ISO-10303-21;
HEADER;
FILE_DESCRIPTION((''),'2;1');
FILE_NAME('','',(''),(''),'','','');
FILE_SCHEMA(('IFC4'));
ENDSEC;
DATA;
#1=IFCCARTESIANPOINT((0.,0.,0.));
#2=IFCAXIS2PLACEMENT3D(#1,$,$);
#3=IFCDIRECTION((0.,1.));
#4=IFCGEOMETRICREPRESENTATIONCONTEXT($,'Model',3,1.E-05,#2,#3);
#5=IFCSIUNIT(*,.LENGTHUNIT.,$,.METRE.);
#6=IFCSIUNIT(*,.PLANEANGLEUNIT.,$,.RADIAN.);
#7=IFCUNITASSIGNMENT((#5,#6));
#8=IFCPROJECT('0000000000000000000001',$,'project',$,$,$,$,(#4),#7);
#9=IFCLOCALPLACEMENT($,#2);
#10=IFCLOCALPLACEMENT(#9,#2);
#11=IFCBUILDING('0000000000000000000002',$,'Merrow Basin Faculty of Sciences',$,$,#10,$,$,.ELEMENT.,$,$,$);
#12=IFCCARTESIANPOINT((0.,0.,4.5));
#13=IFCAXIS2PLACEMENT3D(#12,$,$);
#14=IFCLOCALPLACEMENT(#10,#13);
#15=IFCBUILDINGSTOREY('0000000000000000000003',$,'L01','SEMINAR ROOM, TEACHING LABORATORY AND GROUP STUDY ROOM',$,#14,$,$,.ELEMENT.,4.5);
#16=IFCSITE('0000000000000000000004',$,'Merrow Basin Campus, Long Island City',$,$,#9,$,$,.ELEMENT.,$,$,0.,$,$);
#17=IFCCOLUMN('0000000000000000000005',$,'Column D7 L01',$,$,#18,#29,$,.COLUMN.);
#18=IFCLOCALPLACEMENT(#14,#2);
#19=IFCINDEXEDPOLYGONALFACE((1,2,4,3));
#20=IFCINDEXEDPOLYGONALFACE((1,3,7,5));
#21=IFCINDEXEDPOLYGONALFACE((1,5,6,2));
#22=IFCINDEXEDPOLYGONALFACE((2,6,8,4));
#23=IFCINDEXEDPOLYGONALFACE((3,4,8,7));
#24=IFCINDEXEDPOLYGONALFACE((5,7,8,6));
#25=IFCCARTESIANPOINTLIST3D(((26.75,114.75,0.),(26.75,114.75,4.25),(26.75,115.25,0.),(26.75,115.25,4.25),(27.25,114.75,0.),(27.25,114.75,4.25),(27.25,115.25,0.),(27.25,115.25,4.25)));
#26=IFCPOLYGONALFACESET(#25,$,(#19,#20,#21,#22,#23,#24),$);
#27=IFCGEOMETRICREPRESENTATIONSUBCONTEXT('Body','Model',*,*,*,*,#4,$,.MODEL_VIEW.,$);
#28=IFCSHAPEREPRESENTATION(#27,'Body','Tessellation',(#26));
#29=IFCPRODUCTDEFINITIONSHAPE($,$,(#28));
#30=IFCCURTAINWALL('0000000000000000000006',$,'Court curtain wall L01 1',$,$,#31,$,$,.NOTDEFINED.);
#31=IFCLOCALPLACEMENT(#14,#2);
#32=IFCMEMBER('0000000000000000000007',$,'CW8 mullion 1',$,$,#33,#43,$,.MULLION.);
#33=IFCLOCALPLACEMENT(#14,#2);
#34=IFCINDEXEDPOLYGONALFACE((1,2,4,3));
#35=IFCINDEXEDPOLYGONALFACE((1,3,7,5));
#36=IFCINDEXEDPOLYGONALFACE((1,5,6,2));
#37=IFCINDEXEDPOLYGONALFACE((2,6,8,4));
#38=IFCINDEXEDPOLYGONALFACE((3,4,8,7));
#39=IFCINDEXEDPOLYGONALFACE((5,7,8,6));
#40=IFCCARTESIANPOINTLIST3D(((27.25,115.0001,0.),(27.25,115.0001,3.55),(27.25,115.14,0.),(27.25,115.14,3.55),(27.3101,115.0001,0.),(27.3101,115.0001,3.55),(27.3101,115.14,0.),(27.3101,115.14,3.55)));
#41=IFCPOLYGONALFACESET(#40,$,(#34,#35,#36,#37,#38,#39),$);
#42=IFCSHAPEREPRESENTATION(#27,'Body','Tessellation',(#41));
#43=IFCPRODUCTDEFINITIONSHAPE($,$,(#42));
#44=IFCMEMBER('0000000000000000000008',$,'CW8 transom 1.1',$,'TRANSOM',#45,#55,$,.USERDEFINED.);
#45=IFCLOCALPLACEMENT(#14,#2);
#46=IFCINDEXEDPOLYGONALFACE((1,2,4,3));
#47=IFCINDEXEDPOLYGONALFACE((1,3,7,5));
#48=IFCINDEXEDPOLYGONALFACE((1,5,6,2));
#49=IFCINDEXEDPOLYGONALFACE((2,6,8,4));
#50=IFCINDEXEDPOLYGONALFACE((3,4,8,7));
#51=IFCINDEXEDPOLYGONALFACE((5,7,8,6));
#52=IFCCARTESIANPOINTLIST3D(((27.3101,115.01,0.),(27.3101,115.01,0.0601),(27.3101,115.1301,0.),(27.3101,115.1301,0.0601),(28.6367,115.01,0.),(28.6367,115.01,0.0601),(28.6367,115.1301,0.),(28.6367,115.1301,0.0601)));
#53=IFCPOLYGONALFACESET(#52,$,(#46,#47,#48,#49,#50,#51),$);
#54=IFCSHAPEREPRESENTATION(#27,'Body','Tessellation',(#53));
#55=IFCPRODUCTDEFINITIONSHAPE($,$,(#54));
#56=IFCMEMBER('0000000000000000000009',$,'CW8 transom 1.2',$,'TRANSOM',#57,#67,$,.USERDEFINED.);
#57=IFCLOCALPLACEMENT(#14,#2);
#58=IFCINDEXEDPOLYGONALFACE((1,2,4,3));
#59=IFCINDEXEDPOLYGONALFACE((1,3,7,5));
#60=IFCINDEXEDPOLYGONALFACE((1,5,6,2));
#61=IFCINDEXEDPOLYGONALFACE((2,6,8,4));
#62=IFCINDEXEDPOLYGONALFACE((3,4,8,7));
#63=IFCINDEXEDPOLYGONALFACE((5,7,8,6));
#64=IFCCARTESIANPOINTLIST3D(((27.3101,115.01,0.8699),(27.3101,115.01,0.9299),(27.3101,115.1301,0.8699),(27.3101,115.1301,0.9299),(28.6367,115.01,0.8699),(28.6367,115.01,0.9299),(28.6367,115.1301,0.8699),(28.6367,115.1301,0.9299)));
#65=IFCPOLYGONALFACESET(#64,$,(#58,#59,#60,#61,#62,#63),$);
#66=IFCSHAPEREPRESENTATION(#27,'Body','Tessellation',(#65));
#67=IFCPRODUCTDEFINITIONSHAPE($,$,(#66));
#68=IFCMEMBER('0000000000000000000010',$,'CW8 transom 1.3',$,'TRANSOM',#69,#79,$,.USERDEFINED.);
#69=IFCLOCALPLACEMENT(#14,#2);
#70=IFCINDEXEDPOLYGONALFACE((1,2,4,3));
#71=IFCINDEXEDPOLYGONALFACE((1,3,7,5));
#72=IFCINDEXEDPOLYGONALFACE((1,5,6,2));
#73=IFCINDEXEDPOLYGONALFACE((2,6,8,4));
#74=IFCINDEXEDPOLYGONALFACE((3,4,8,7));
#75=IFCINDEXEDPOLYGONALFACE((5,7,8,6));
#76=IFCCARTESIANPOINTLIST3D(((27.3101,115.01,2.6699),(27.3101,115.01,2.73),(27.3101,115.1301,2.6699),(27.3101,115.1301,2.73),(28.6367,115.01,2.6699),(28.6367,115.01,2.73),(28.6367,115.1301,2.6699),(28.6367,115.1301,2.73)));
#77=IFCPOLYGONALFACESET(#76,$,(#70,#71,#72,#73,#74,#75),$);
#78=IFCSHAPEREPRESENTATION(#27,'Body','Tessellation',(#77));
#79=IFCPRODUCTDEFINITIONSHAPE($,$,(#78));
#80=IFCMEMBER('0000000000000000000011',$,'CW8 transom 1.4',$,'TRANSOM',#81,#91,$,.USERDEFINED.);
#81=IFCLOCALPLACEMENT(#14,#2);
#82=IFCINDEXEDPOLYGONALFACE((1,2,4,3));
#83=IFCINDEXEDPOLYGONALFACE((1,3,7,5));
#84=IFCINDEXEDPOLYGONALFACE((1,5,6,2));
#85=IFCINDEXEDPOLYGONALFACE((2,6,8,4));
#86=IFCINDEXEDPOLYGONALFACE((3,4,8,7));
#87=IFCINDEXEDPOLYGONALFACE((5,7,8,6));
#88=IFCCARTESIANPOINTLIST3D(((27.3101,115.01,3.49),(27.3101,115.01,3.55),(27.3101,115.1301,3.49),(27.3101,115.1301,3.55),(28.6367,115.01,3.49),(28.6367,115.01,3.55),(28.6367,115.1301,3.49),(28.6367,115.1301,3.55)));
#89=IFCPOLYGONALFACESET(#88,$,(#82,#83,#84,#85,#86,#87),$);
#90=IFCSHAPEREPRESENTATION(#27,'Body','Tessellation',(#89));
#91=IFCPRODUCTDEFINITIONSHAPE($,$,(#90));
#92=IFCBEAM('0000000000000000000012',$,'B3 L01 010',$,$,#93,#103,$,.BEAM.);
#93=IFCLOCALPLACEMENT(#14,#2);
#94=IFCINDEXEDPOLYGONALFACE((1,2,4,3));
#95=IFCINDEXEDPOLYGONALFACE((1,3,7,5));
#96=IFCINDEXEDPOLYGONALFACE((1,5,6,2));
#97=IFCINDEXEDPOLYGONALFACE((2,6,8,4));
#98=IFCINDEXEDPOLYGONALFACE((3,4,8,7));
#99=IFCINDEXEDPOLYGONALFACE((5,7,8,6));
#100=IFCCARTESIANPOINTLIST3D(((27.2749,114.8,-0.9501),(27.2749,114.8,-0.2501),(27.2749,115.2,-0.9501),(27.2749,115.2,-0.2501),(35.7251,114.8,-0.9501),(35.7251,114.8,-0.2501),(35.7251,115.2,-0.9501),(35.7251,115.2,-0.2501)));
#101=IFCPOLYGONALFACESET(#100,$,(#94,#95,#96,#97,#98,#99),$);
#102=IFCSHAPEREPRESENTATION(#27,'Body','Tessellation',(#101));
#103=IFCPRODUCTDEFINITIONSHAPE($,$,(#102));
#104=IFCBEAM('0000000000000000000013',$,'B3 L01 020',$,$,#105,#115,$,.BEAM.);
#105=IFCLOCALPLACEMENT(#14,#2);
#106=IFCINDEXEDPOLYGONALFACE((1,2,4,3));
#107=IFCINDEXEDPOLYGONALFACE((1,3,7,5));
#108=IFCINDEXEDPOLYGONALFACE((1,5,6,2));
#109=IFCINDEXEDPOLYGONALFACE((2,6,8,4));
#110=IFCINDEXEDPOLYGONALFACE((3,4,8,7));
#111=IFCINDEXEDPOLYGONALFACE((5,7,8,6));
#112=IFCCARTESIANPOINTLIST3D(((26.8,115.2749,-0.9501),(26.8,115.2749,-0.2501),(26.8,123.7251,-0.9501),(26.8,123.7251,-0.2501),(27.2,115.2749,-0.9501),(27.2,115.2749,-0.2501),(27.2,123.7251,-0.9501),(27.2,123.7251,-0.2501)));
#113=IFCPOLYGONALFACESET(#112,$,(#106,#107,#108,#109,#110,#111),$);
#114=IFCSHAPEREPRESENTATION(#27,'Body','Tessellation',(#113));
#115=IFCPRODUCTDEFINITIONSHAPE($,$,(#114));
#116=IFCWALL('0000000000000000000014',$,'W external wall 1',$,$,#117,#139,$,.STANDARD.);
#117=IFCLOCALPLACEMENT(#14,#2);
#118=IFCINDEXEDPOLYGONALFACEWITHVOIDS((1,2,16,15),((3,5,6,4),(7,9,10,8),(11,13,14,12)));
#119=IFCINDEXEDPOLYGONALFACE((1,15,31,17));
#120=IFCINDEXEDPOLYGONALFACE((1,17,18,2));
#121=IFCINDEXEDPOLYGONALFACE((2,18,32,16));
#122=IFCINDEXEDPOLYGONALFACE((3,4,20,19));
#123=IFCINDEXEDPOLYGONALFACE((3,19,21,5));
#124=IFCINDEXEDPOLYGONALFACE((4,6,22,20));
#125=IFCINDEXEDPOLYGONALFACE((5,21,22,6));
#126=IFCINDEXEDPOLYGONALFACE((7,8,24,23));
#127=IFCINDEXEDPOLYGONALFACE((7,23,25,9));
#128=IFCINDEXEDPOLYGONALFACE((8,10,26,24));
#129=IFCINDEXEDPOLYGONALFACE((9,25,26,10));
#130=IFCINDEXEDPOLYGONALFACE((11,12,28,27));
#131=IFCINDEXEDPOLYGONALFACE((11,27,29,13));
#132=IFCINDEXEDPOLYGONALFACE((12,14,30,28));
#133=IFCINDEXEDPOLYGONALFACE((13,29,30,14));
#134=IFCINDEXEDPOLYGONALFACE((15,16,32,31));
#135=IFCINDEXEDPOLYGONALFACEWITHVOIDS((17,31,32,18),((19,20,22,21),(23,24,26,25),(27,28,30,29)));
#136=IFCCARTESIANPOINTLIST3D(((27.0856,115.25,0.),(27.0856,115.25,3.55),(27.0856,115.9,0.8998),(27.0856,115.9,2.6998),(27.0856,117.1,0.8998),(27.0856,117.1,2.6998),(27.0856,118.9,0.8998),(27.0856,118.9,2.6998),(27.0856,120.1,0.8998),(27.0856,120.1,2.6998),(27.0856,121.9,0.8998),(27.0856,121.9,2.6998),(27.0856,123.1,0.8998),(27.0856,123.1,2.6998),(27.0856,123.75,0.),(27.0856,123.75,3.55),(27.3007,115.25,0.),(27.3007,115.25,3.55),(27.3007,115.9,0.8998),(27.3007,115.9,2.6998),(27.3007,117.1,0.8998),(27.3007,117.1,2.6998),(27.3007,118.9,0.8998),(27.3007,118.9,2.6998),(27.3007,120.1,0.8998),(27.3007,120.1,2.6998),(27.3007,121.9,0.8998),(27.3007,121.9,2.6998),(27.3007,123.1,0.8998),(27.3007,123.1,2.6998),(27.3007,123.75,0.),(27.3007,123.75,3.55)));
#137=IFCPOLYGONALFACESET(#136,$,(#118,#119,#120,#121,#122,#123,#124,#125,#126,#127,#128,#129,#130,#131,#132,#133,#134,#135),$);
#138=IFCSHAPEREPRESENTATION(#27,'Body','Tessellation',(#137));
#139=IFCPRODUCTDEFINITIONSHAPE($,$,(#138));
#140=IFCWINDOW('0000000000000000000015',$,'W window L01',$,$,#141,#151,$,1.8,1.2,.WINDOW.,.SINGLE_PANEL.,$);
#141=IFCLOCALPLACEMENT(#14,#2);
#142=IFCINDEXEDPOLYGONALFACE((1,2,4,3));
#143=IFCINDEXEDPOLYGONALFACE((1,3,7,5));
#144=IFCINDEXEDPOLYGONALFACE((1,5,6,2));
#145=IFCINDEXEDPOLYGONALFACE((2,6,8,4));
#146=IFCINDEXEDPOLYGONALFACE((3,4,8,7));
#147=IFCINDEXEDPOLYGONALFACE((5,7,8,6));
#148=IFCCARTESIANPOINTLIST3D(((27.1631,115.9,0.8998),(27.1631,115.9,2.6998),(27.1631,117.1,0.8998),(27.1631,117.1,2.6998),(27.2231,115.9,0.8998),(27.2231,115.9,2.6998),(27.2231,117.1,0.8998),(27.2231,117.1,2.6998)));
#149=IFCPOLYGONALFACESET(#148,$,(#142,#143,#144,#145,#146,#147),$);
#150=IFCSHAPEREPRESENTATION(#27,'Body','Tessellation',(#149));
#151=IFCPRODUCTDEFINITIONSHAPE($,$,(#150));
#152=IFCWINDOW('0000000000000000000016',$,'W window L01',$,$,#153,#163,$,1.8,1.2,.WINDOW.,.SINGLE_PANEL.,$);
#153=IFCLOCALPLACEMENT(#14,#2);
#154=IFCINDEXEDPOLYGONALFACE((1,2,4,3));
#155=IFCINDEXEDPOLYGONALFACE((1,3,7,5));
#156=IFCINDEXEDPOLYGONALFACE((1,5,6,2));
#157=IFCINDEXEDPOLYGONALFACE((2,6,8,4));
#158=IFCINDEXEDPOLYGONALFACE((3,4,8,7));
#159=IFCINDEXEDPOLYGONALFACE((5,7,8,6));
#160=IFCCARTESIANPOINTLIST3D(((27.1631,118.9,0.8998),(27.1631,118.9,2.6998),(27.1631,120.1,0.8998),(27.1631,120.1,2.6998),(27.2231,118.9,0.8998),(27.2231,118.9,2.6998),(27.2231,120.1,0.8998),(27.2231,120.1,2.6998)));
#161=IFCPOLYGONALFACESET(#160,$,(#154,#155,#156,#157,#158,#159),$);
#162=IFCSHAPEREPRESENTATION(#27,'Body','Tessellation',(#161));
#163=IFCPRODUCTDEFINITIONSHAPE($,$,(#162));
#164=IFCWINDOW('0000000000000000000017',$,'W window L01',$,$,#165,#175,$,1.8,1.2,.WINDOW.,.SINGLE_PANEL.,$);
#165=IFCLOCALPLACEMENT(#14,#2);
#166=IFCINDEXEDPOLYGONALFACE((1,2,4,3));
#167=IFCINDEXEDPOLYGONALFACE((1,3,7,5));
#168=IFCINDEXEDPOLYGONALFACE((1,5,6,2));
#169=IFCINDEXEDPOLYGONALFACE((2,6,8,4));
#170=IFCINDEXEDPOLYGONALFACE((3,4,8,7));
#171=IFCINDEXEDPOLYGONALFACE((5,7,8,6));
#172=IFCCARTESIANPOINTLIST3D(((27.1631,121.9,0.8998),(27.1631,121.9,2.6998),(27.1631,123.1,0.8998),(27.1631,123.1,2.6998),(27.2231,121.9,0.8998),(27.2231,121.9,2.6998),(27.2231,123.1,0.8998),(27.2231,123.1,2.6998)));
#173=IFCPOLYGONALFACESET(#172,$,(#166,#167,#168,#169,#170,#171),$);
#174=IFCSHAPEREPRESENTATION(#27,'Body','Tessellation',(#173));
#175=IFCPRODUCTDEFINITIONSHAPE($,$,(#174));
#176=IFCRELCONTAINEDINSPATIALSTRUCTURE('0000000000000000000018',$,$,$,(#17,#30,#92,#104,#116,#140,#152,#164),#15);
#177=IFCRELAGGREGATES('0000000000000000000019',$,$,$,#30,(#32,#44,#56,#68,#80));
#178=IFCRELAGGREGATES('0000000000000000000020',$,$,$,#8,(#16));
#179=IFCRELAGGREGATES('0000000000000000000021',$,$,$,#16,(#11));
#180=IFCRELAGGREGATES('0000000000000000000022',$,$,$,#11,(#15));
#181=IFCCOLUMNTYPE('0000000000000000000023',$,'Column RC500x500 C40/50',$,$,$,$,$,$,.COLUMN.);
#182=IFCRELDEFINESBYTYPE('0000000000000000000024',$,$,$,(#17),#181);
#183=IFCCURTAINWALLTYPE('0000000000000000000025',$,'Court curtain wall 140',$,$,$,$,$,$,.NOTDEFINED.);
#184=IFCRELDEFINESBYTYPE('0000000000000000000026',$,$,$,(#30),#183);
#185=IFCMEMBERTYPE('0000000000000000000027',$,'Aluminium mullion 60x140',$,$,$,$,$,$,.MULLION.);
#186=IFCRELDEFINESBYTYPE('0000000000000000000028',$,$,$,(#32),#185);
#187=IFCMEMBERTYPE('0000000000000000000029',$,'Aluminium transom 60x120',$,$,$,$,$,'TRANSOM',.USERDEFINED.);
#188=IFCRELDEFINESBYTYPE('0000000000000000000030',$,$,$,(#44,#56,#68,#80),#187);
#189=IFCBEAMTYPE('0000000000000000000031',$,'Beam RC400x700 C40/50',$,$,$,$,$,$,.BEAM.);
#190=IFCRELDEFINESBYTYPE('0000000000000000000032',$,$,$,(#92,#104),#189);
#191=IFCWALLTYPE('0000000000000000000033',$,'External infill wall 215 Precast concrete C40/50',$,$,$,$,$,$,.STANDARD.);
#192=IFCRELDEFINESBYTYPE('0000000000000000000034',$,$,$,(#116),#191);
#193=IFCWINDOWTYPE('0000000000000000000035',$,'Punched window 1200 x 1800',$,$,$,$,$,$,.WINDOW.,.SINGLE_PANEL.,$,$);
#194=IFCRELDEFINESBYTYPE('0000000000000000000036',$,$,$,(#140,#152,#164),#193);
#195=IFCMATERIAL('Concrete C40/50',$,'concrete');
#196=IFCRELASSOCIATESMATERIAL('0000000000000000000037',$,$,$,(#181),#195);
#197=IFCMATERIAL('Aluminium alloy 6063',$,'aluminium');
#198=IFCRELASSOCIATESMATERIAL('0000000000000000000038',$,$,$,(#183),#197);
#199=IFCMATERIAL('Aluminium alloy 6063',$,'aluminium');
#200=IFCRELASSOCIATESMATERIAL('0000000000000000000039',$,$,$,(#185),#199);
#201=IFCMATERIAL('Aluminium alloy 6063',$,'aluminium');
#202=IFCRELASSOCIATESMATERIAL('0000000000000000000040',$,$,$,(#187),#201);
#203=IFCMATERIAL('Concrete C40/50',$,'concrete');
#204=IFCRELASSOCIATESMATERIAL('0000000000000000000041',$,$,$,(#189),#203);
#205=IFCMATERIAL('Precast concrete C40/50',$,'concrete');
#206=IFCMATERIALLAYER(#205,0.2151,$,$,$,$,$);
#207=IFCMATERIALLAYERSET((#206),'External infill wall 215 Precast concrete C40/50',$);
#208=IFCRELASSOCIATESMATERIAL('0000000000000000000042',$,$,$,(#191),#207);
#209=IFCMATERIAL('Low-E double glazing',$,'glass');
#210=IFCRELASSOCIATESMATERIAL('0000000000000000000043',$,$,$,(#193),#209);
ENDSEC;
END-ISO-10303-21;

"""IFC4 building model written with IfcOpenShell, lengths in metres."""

from ifc_helpers import new_model, si_unit, direction, frame, frame_2d, origin, origin_2d, place, context, subcontext, project, spatial, rectangle, extrude, material, layer, layer_set, material_profile, profile_set, type_object, element, fill, aggregate, save


model = new_model("IFC4")

# Units and contexts
model_context = context("Model", 3, precision=1e-05, world=origin(), true_north=direction((0.0, 1.0)))
body_context = subcontext(model_context, "Body", "Model", "MODEL_VIEW")
ifc_project = project(units=[si_unit("LENGTHUNIT", "METRE"), si_unit("PLANEANGLEUNIT", "RADIAN")], contexts=[model_context])

# Site, building, storey
site_placement = place(None, origin())
site = spatial("IfcSite", under=ifc_project, at=site_placement, Name="Merrow Basin Campus, Long Island City", CompositionType="ELEMENT", RefElevation=0.0)
building_placement = place(site_placement, origin())
building = spatial("IfcBuilding", under=site, at=building_placement, Name="Merrow Basin Faculty of Sciences", CompositionType="ELEMENT")
storey_placement = place(building_placement, frame((0.0, 0.0, 4.5)))
storey = spatial("IfcBuildingStorey", under=building, at=storey_placement, Name="L01", Description="SEMINAR ROOM, TEACHING LABORATORY AND GROUP STUDY ROOM", CompositionType="ELEMENT", Elevation=4.5)

# Column
ifc_material_1 = material(Name="Concrete C40/50", Category="concrete")
ifc_material_profile_1 = material_profile(ifc_material_1, rectangle(XDim=0.5, YDim=0.5, at=origin_2d()))
ifc_profile_set_1 = profile_set([ifc_material_profile_1], Name="Concrete C40/50")
column_type = type_object("IfcColumnType", Name="Column RC500x500 C40/50", PredefinedType="COLUMN", material=ifc_profile_set_1)
column_placement = place(storey_placement, frame((27.0, 115.0, 0.0), z_axis=(0.0, 0.0, 1.0), x_axis=(1.0, 0.0, 0.0)))
element("IfcColumn", 1, at=column_placement, inside=storey, type_object=column_type, Name="Column D7 L01", PredefinedType="COLUMN", context=body_context, shape_type="SweptSolid", body=[
    extrude(rectangle(XDim=0.5, YDim=0.5, at=origin_2d()), origin(), (0.0, 0.0, 1.0), 4.25),
])

# Curtain wall, members
ifc_material_2 = material(Name="Aluminium alloy 6063", Category="aluminium")
curtain_wall_type = type_object("IfcCurtainWallType", Name="Court curtain wall 140", PredefinedType="NOTDEFINED", material=ifc_material_2)
curtain_wall_placement = place(storey_placement, origin())
curtain_wall = element("IfcCurtainWall", 2, at=curtain_wall_placement, inside=storey, type_object=curtain_wall_type, Name="Court curtain wall L01 1", PredefinedType="NOTDEFINED")
ifc_material_3 = material(Name="Aluminium alloy 6063", Category="aluminium")
ifc_material_profile_2 = material_profile(ifc_material_3, rectangle(XDim=0.1399, YDim=0.0601, at=origin_2d()))
ifc_profile_set_2 = profile_set([ifc_material_profile_2], Name="Aluminium alloy 6063")
member_type_1 = type_object("IfcMemberType", Name="Aluminium mullion 60x140", PredefinedType="MULLION", material=ifc_profile_set_2)
member_1_placement = place(storey_placement, frame((27.28, 115.0701, 0.0), z_axis=(0.0, 0.0, 1.0), x_axis=(0.0, 1.0, 0.0)))
member_1 = element("IfcMember", 3, at=member_1_placement, type_object=member_type_1, Name="CW8 mullion 1", PredefinedType="MULLION", context=body_context, shape_type="SweptSolid", body=[
    extrude(rectangle(XDim=0.1399, YDim=0.0601, at=origin_2d()), origin(), (0.0, 0.0, 1.0), 3.55),
])
ifc_material_4 = material(Name="Aluminium alloy 6063", Category="aluminium")
ifc_material_profile_3 = material_profile(ifc_material_4, rectangle(XDim=0.1201, YDim=0.0601, at=origin_2d()))
ifc_profile_set_3 = profile_set([ifc_material_profile_3], Name="Aluminium alloy 6063")
member_type_2 = type_object("IfcMemberType", Name="Aluminium transom 60x120", ElementType="TRANSOM", PredefinedType="USERDEFINED", material=ifc_profile_set_3)
member_2_placement = place(storey_placement, frame((27.3101, 115.0701, 0.03), z_axis=(1.0, 0.0, 0.0), x_axis=(0.0, 1.0, 0.0)))
member_2 = element("IfcMember", 4, at=member_2_placement, type_object=member_type_2, Name="CW8 transom 1.1", ObjectType="TRANSOM", PredefinedType="USERDEFINED", context=body_context, shape_type="SweptSolid", body=[
    extrude(rectangle(XDim=0.1201, YDim=0.0601, at=origin_2d()), origin(), (0.0, 0.0, 1.0), 1.3267),
])
member_3_placement = place(storey_placement, frame((27.3101, 115.0701, 0.8999), z_axis=(1.0, 0.0, 0.0), x_axis=(0.0, 1.0, 0.0)))
member_3 = element("IfcMember", 5, at=member_3_placement, type_object=member_type_2, Name="CW8 transom 1.2", ObjectType="TRANSOM", PredefinedType="USERDEFINED", context=body_context, shape_type="SweptSolid", body=[
    extrude(rectangle(XDim=0.1201, YDim=0.0601, at=origin_2d()), origin(), (0.0, 0.0, 1.0), 1.3267),
])
member_4_placement = place(storey_placement, frame((27.3101, 115.0701, 2.7), z_axis=(1.0, 0.0, 0.0), x_axis=(0.0, 1.0, 0.0)))
member_4 = element("IfcMember", 6, at=member_4_placement, type_object=member_type_2, Name="CW8 transom 1.3", ObjectType="TRANSOM", PredefinedType="USERDEFINED", context=body_context, shape_type="SweptSolid", body=[
    extrude(rectangle(XDim=0.1201, YDim=0.0601, at=origin_2d()), origin(), (0.0, 0.0, 1.0), 1.3267),
])
member_5_placement = place(storey_placement, frame((27.3101, 115.0701, 3.52), z_axis=(1.0, 0.0, 0.0), x_axis=(0.0, 1.0, 0.0)))
member_5 = element("IfcMember", 7, at=member_5_placement, type_object=member_type_2, Name="CW8 transom 1.4", ObjectType="TRANSOM", PredefinedType="USERDEFINED", context=body_context, shape_type="SweptSolid", body=[
    extrude(rectangle(XDim=0.1201, YDim=0.0601, at=origin_2d()), origin(), (0.0, 0.0, 1.0), 1.3267),
])
aggregate(curtain_wall, [member_1, member_2, member_3, member_4, member_5])

# Beams
ifc_material_5 = material(Name="Concrete C40/50", Category="concrete")
ifc_material_profile_4 = material_profile(ifc_material_5, rectangle(XDim=0.3999, YDim=0.7, at=origin_2d()))
ifc_profile_set_4 = profile_set([ifc_material_profile_4], Name="Concrete C40/50")
beam_type = type_object("IfcBeamType", Name="Beam RC400x700 C40/50", PredefinedType="BEAM", material=ifc_profile_set_4)
for number, where, z_axis, x_axis, name in (
    (8, (27.2749, 115.0, -0.6001), (1.0, 0.0, 0.0), (0.0, 1.0, 0.0), "B3 L01 010"),
    (9, (27.0, 115.2749, -0.6001), (0.0, 1.0, 0.0), (-1.0, 0.0, 0.0), "B3 L01 020"),
):
    element("IfcBeam", number, at=place(storey_placement, frame(where, z_axis=z_axis, x_axis=x_axis)), inside=storey, type_object=beam_type, Name=name, PredefinedType="BEAM", context=body_context, shape_type="SweptSolid", body=[
        extrude(rectangle(XDim=0.3999, YDim=0.7, at=origin_2d()), origin(), (0.0, 0.0, 1.0), 8.4502),
    ])

# Wall, openings, windows
ifc_material_6 = material(Name="Precast concrete C40/50", Category="concrete")
ifc_layer_1 = layer(ifc_material_6, 0.2151)
ifc_layer_set_1 = layer_set([ifc_layer_1], Name="External infill wall 215 Precast concrete C40/50")
wall_type = type_object("IfcWallType", Name="External infill wall 215 Precast concrete C40/50", PredefinedType="STANDARD", material=ifc_layer_set_1)
wall_placement = place(storey_placement, frame((27.1931, 115.25, 0.0), z_axis=(0.0, 0.0, 1.0), x_axis=(0.0, 1.0, 0.0)))
wall = element("IfcWall", 10, at=wall_placement, inside=storey, type_object=wall_type, Name="W external wall 1", PredefinedType="STANDARD", context=body_context, shape_type="SweptSolid", body=[
    extrude(rectangle(XDim=8.5, YDim=0.2151, at=frame_2d((4.25, 0.0))), origin(), (0.0, 0.0, 1.0), 3.55),
])
opening_1_placement = place(wall_placement, frame((0.6499, 0.0, 0.8999)))
opening_1 = element("IfcOpeningElement", 11, at=opening_1_placement, cuts=wall, PredefinedType="OPENING", context=body_context, shape_type="SweptSolid", body=[
    extrude(rectangle(XDim=1.2, YDim=1.8, at=frame_2d((0.6001, 0.8999))), frame((0.0, 0.1174, 0.0), z_axis=(0.0, -1.0, 0.0), x_axis=(1.0, 0.0, 0.0)), (0.0, 0.0, 1.0), 0.2351),
])
opening_2_placement = place(wall_placement, frame((3.6499, 0.0, 0.8999)))
opening_2 = element("IfcOpeningElement", 12, at=opening_2_placement, cuts=wall, PredefinedType="OPENING", context=body_context, shape_type="SweptSolid", body=[
    extrude(rectangle(XDim=1.2, YDim=1.8, at=frame_2d((0.6001, 0.8999))), frame((0.0, 0.1174, 0.0), z_axis=(0.0, -1.0, 0.0), x_axis=(1.0, 0.0, 0.0)), (0.0, 0.0, 1.0), 0.2351),
])
opening_3_placement = place(wall_placement, frame((6.6499, 0.0, 0.8999)))
opening_3 = element("IfcOpeningElement", 13, at=opening_3_placement, cuts=wall, PredefinedType="OPENING", context=body_context, shape_type="SweptSolid", body=[
    extrude(rectangle(XDim=1.2, YDim=1.8, at=frame_2d((0.6001, 0.8999))), frame((0.0, 0.1174, 0.0), z_axis=(0.0, -1.0, 0.0), x_axis=(1.0, 0.0, 0.0)), (0.0, 0.0, 1.0), 0.2351),
])
ifc_material_7 = material(Name="Low-E double glazing", Category="glass")
window_type = type_object("IfcWindowType", Name="Punched window 1200 x 1800", PartitioningType="SINGLE_PANEL", PredefinedType="WINDOW", material=ifc_material_7)
window_1_placement = place(opening_1_placement, origin())
window_1 = element("IfcWindow", 14, at=window_1_placement, inside=storey, type_object=window_type, Name="W window L01", OverallHeight=1.8, OverallWidth=1.2, PartitioningType="SINGLE_PANEL", PredefinedType="WINDOW", context=body_context, shape_type="SweptSolid", body=[
    extrude(rectangle(XDim=1.2, YDim=1.8, at=frame_2d((0.6001, 0.8999))), frame((0.0, 0.03, 0.0), z_axis=(0.0, -1.0, 0.0), x_axis=(1.0, 0.0, 0.0)), (0.0, 0.0, 1.0), 0.0601),
])
fill(opening_1, window_1)
window_2_placement = place(opening_2_placement, origin())
window_2 = element("IfcWindow", 15, at=window_2_placement, inside=storey, type_object=window_type, Name="W window L01", OverallHeight=1.8, OverallWidth=1.2, PartitioningType="SINGLE_PANEL", PredefinedType="WINDOW", context=body_context, shape_type="SweptSolid", body=[
    extrude(rectangle(XDim=1.2, YDim=1.8, at=frame_2d((0.6001, 0.8999))), frame((0.0, 0.03, 0.0), z_axis=(0.0, -1.0, 0.0), x_axis=(1.0, 0.0, 0.0)), (0.0, 0.0, 1.0), 0.0601),
])
fill(opening_2, window_2)
window_3_placement = place(opening_3_placement, origin())
window_3 = element("IfcWindow", 16, at=window_3_placement, inside=storey, type_object=window_type, Name="W window L01", OverallHeight=1.8, OverallWidth=1.2, PartitioningType="SINGLE_PANEL", PredefinedType="WINDOW", context=body_context, shape_type="SweptSolid", body=[
    extrude(rectangle(XDim=1.2, YDim=1.8, at=frame_2d((0.6001, 0.8999))), frame((0.0, 0.03, 0.0), z_axis=(0.0, -1.0, 0.0), x_axis=(1.0, 0.0, 0.0)), (0.0, 0.0, 1.0), 0.0601),
])
fill(opening_3, window_3)

save(model, "model.ifc")
